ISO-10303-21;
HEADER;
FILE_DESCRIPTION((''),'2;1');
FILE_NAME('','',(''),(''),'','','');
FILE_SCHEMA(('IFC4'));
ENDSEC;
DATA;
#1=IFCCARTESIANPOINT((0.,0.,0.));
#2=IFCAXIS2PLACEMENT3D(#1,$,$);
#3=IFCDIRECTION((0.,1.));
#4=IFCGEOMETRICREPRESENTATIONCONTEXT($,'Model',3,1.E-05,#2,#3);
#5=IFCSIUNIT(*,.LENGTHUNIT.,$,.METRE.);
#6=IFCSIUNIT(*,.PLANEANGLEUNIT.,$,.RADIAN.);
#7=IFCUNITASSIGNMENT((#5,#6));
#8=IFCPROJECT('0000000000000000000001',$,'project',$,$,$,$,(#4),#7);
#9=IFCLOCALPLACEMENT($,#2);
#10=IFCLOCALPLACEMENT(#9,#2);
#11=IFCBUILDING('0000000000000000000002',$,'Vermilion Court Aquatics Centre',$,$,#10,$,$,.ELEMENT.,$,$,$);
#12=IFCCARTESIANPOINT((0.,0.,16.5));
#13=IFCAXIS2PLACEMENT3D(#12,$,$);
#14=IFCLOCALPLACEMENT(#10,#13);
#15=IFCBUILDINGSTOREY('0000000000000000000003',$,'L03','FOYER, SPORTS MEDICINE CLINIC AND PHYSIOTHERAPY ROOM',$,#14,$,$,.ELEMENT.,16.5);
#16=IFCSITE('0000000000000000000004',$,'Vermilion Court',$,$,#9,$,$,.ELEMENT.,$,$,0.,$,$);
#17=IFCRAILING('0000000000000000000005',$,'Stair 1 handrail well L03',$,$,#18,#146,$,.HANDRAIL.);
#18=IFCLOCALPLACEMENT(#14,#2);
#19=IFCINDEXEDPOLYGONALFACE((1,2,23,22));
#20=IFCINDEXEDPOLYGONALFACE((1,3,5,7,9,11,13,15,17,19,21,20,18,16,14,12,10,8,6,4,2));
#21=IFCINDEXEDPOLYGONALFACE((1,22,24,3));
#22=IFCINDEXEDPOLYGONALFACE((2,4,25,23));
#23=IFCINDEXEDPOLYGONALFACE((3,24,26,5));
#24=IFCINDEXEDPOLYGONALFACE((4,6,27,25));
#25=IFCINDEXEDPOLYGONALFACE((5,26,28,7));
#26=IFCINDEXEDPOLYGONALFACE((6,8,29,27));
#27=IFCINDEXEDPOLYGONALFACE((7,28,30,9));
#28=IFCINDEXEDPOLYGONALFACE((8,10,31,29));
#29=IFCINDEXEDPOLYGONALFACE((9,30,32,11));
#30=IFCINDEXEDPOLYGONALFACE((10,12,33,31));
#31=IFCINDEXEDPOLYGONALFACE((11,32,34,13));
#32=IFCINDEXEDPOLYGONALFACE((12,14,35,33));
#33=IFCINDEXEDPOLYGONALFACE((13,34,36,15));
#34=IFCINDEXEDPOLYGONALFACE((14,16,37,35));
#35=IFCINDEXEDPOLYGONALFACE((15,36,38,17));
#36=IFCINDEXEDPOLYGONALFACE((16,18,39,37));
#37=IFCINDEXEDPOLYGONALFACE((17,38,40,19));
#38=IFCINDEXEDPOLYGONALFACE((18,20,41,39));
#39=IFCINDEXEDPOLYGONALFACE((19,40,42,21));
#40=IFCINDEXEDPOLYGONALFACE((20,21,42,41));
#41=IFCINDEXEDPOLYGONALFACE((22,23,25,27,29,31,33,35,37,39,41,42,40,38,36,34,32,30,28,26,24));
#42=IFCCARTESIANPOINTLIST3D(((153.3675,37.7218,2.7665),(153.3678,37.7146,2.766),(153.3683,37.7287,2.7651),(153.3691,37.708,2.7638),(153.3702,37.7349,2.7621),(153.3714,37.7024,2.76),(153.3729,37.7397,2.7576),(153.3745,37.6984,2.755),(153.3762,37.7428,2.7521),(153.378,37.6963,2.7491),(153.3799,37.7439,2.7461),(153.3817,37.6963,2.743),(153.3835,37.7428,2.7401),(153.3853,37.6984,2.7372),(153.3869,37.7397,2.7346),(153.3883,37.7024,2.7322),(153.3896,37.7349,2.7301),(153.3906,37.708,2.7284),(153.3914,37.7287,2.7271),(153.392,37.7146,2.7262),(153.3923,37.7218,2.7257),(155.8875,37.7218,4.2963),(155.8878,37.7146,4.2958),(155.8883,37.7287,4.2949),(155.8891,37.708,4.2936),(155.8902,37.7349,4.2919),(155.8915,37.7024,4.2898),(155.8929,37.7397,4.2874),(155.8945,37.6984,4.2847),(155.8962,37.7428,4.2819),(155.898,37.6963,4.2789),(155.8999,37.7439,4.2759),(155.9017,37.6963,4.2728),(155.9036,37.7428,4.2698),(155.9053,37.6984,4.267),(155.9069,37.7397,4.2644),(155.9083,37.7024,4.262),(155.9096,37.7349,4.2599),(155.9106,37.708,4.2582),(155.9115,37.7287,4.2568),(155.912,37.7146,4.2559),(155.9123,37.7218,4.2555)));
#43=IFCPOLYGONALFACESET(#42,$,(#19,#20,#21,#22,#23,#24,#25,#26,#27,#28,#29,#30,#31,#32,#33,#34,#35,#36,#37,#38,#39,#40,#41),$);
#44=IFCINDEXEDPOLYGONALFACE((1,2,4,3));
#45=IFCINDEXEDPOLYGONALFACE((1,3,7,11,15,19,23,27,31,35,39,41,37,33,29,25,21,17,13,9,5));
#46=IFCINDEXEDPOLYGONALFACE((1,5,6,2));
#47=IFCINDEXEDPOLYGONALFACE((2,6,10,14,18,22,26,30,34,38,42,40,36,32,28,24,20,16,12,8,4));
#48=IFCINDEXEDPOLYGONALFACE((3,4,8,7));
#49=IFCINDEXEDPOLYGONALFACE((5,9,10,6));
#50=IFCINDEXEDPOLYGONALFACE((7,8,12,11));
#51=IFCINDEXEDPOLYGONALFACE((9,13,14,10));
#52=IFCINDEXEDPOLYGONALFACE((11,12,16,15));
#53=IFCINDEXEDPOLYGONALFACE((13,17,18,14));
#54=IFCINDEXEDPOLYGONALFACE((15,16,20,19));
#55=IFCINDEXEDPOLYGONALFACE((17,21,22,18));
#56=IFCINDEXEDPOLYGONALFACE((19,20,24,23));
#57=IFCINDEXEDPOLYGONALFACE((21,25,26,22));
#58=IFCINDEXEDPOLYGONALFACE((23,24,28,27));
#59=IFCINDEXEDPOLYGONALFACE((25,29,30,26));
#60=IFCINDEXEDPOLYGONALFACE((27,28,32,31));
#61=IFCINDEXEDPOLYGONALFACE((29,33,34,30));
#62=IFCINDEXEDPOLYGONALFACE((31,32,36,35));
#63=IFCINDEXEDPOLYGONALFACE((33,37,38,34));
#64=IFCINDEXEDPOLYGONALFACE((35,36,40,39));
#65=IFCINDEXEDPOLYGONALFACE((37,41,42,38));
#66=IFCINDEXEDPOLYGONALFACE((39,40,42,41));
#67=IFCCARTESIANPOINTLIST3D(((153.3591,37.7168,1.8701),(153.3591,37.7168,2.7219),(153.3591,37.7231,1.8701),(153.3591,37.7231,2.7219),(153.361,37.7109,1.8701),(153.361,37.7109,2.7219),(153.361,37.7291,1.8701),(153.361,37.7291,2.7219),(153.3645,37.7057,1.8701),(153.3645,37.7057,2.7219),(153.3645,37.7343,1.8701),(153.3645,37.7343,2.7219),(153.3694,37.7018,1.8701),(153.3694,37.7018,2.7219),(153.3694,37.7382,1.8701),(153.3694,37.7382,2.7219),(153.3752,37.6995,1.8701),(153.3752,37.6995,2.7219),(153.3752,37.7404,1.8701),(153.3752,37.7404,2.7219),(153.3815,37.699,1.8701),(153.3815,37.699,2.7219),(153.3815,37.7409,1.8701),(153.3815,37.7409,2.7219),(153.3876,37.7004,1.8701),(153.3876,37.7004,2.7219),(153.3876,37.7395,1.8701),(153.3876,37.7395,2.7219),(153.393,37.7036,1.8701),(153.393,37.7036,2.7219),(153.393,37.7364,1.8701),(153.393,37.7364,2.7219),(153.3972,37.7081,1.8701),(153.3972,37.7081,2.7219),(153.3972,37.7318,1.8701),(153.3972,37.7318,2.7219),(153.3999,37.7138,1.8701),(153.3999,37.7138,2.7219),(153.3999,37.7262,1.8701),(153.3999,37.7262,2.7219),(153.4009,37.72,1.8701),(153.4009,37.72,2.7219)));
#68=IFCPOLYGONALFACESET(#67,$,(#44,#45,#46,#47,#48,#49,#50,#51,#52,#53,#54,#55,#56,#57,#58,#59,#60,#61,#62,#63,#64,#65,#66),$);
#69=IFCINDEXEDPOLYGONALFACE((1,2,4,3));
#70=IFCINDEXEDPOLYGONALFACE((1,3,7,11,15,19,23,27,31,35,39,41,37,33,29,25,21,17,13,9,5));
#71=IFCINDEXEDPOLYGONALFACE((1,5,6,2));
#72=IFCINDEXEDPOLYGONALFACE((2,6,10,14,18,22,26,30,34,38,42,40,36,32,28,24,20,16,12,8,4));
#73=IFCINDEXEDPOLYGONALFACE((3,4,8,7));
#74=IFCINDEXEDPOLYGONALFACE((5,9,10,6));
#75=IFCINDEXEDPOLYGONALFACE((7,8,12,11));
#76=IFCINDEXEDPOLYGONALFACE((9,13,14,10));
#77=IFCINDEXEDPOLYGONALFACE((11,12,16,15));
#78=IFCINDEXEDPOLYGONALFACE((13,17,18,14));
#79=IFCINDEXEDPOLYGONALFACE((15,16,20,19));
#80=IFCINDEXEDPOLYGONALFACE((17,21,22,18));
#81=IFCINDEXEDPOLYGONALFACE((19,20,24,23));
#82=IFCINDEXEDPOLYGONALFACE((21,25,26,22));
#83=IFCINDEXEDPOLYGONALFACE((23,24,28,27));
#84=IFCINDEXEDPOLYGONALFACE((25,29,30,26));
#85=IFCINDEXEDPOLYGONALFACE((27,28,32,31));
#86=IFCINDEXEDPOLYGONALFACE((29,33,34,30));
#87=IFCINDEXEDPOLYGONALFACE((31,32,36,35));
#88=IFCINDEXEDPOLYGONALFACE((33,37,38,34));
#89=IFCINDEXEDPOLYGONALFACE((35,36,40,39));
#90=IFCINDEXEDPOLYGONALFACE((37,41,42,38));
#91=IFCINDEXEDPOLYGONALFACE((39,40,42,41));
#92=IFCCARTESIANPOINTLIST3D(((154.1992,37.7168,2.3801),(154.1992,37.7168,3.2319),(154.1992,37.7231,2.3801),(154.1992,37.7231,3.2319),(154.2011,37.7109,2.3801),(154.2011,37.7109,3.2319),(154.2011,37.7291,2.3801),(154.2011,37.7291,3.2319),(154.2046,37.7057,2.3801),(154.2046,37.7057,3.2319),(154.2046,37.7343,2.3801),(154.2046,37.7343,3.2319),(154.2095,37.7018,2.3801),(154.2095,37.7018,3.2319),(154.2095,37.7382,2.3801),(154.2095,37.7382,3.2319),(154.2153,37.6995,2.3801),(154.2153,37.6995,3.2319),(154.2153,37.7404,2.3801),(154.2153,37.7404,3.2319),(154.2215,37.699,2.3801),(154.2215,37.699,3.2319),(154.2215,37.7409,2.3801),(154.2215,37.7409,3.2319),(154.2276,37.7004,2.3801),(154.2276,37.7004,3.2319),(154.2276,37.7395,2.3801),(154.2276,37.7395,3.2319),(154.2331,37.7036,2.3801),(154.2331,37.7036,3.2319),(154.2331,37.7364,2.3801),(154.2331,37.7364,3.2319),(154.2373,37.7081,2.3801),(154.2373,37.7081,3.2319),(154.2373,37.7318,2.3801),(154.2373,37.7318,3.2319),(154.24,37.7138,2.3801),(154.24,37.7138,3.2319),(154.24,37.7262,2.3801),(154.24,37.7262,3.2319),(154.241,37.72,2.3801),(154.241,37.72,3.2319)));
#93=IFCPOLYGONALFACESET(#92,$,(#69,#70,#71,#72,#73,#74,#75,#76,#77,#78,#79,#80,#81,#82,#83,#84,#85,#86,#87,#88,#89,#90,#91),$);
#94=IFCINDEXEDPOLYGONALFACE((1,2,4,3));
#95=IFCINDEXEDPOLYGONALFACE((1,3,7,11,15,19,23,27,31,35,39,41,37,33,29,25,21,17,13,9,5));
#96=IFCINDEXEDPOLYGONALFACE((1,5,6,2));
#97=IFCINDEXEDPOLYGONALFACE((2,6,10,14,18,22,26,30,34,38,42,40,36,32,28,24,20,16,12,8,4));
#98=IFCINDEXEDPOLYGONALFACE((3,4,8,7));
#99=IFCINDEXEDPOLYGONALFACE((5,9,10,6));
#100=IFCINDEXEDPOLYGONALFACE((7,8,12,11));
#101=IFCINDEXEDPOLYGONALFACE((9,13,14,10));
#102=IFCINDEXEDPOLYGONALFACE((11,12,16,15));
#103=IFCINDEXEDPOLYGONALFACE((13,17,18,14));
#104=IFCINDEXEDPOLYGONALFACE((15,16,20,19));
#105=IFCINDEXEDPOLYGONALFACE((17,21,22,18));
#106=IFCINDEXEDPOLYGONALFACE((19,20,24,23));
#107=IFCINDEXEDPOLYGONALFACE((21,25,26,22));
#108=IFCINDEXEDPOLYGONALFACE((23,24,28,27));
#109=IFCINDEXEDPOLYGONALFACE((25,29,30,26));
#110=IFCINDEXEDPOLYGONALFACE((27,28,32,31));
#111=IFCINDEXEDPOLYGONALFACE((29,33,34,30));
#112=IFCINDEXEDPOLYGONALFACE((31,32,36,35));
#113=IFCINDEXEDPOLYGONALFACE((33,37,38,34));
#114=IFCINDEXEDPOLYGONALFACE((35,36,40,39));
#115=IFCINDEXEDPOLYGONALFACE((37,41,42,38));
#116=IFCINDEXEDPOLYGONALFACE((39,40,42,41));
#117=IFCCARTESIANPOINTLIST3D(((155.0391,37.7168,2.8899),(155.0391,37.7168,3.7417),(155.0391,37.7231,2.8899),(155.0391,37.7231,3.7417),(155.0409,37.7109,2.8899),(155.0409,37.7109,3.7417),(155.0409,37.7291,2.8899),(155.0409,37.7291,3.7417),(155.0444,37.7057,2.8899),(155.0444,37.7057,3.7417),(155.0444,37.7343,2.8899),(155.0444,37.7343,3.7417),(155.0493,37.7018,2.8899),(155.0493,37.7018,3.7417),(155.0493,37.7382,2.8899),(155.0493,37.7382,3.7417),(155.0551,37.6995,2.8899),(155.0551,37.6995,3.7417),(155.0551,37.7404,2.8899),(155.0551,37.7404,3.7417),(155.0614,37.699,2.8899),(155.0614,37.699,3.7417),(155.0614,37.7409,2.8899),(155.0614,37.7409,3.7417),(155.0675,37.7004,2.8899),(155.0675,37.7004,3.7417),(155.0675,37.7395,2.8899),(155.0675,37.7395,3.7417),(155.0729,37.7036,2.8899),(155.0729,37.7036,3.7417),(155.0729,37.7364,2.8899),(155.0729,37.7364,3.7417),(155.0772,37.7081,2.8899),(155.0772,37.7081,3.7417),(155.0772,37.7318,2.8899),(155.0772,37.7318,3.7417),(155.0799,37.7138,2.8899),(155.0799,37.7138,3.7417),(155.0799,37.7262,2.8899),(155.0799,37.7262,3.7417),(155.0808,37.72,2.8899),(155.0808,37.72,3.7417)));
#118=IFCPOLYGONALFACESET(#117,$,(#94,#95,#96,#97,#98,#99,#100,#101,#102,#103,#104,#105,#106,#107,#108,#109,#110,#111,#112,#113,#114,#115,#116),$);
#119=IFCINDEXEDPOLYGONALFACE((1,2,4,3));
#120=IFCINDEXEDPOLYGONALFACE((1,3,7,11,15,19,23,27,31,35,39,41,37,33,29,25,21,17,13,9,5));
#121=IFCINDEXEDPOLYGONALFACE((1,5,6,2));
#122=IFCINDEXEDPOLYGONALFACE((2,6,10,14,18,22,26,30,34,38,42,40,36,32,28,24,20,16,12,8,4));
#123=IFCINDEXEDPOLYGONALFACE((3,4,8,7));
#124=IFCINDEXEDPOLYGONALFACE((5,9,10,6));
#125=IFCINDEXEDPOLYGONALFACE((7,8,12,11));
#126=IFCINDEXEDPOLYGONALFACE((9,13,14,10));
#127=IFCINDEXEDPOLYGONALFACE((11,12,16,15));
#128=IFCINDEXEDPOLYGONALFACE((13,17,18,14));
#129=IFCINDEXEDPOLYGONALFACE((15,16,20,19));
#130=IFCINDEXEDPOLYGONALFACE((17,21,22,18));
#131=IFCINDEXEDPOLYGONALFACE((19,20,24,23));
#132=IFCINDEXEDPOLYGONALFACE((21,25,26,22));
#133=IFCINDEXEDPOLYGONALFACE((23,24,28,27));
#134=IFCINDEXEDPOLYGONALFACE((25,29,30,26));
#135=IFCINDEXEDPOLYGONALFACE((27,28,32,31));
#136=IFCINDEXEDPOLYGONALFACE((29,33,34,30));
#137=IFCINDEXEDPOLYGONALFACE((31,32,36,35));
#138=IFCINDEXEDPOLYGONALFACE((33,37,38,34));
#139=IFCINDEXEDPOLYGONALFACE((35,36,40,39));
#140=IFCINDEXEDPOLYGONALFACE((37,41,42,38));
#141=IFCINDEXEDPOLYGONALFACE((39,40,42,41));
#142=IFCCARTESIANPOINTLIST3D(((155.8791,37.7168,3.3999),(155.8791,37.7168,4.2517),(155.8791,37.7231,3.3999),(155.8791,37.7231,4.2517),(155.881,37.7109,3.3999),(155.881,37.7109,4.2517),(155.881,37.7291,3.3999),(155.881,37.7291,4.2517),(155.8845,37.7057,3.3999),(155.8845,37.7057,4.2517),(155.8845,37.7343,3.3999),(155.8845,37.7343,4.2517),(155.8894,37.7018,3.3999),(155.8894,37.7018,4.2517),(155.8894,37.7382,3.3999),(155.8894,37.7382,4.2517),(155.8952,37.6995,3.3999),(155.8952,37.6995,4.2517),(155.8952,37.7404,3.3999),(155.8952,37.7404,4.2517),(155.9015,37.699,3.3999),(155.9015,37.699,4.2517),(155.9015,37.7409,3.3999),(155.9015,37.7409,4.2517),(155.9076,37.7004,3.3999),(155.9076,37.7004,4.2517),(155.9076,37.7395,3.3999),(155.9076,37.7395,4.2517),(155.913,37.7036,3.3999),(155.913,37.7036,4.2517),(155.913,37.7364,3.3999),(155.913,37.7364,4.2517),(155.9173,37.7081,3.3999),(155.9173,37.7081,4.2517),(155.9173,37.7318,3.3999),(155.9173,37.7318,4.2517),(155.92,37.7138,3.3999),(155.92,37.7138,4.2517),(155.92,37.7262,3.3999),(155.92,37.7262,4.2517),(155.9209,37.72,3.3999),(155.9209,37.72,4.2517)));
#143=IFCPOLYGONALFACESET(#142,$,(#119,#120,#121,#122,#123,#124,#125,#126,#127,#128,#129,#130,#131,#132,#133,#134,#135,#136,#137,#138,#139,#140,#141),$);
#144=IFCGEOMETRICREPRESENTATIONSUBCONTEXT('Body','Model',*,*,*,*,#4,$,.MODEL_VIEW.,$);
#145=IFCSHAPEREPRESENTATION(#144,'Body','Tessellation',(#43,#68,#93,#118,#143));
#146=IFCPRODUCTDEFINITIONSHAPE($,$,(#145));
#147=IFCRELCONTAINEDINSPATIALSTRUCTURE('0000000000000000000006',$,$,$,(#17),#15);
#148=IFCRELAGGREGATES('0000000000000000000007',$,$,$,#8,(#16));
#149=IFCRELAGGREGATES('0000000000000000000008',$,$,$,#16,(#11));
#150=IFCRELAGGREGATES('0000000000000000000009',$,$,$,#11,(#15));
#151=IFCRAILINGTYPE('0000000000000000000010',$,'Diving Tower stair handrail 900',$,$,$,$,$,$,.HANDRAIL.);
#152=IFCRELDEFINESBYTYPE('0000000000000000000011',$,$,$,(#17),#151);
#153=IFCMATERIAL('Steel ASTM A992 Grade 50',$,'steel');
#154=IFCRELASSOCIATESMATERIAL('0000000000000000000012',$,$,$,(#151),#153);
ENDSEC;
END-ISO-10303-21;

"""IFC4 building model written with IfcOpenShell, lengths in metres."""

from ifc_helpers import new_model, si_unit, direction, frame, origin, origin_2d, place, context, subcontext, project, spatial, circle, extrude, material, type_object, element, save


model = new_model("IFC4")

# Units and contexts
model_context = context("Model", 3, precision=1e-05, world=origin(), true_north=direction((0.0, 1.0)))
body_context = subcontext(model_context, "Body", "Model", "MODEL_VIEW")
ifc_project = project(units=[si_unit("LENGTHUNIT", "METRE"), si_unit("PLANEANGLEUNIT", "RADIAN")], contexts=[model_context])

# Site, building, storey
site_placement = place(None, origin())
site = spatial("IfcSite", under=ifc_project, at=site_placement, Name="Vermilion Court", CompositionType="ELEMENT", RefElevation=0.0)
building_placement = place(site_placement, origin())
building = spatial("IfcBuilding", under=site, at=building_placement, Name="Vermilion Court Aquatics Centre", CompositionType="ELEMENT")
storey_placement = place(building_placement, frame((0.0, 0.0, 16.5)))
storey = spatial("IfcBuildingStorey", under=building, at=storey_placement, Name="L03", Description="FOYER, SPORTS MEDICINE CLINIC AND PHYSIOTHERAPY ROOM", CompositionType="ELEMENT", Elevation=16.5)

# Railing
ifc_material_1 = material(Name="Steel ASTM A992 Grade 50", Category="steel")
railing_type_1 = type_object("IfcRailingType", Name="Diving Tower stair handrail 900", PredefinedType="HANDRAIL", material=ifc_material_1)
for number, where, name in (
    (1, (153.3799, 37.72, 1.8701), "Stair 1 handrail well L03"),
):
    element("IfcRailing", number, at=place(storey_placement, frame(where)), inside=storey, type_object=railing_type_1, Name=name, PredefinedType="HANDRAIL", context=body_context, shape_type="SweptSolid", body=[
        extrude(circle(Radius=0.0239, at=origin_2d()), frame((0.0, 0.0, 0.876), z_axis=(0.854822, 0.0, 0.518922), x_axis=(0.0, 1.0, 0.0)), (0.0, 0.0, 1.0), 2.948),
        extrude(circle(Radius=0.021, at=origin_2d()), origin(), (0.0, 0.0, 1.0), 0.8518),
        extrude(circle(Radius=0.021, at=origin_2d()), frame((0.8401, 0.0, 0.51)), (0.0, 0.0, 1.0), 0.8518),
        extrude(circle(Radius=0.021, at=origin_2d()), frame((1.6799, 0.0, 1.0198)), (0.0, 0.0, 1.0), 0.8518),
        extrude(circle(Radius=0.021, at=origin_2d()), frame((2.52, 0.0, 1.5298)), (0.0, 0.0, 1.0), 0.8518),
    ])

save(model, "model.ifc")
